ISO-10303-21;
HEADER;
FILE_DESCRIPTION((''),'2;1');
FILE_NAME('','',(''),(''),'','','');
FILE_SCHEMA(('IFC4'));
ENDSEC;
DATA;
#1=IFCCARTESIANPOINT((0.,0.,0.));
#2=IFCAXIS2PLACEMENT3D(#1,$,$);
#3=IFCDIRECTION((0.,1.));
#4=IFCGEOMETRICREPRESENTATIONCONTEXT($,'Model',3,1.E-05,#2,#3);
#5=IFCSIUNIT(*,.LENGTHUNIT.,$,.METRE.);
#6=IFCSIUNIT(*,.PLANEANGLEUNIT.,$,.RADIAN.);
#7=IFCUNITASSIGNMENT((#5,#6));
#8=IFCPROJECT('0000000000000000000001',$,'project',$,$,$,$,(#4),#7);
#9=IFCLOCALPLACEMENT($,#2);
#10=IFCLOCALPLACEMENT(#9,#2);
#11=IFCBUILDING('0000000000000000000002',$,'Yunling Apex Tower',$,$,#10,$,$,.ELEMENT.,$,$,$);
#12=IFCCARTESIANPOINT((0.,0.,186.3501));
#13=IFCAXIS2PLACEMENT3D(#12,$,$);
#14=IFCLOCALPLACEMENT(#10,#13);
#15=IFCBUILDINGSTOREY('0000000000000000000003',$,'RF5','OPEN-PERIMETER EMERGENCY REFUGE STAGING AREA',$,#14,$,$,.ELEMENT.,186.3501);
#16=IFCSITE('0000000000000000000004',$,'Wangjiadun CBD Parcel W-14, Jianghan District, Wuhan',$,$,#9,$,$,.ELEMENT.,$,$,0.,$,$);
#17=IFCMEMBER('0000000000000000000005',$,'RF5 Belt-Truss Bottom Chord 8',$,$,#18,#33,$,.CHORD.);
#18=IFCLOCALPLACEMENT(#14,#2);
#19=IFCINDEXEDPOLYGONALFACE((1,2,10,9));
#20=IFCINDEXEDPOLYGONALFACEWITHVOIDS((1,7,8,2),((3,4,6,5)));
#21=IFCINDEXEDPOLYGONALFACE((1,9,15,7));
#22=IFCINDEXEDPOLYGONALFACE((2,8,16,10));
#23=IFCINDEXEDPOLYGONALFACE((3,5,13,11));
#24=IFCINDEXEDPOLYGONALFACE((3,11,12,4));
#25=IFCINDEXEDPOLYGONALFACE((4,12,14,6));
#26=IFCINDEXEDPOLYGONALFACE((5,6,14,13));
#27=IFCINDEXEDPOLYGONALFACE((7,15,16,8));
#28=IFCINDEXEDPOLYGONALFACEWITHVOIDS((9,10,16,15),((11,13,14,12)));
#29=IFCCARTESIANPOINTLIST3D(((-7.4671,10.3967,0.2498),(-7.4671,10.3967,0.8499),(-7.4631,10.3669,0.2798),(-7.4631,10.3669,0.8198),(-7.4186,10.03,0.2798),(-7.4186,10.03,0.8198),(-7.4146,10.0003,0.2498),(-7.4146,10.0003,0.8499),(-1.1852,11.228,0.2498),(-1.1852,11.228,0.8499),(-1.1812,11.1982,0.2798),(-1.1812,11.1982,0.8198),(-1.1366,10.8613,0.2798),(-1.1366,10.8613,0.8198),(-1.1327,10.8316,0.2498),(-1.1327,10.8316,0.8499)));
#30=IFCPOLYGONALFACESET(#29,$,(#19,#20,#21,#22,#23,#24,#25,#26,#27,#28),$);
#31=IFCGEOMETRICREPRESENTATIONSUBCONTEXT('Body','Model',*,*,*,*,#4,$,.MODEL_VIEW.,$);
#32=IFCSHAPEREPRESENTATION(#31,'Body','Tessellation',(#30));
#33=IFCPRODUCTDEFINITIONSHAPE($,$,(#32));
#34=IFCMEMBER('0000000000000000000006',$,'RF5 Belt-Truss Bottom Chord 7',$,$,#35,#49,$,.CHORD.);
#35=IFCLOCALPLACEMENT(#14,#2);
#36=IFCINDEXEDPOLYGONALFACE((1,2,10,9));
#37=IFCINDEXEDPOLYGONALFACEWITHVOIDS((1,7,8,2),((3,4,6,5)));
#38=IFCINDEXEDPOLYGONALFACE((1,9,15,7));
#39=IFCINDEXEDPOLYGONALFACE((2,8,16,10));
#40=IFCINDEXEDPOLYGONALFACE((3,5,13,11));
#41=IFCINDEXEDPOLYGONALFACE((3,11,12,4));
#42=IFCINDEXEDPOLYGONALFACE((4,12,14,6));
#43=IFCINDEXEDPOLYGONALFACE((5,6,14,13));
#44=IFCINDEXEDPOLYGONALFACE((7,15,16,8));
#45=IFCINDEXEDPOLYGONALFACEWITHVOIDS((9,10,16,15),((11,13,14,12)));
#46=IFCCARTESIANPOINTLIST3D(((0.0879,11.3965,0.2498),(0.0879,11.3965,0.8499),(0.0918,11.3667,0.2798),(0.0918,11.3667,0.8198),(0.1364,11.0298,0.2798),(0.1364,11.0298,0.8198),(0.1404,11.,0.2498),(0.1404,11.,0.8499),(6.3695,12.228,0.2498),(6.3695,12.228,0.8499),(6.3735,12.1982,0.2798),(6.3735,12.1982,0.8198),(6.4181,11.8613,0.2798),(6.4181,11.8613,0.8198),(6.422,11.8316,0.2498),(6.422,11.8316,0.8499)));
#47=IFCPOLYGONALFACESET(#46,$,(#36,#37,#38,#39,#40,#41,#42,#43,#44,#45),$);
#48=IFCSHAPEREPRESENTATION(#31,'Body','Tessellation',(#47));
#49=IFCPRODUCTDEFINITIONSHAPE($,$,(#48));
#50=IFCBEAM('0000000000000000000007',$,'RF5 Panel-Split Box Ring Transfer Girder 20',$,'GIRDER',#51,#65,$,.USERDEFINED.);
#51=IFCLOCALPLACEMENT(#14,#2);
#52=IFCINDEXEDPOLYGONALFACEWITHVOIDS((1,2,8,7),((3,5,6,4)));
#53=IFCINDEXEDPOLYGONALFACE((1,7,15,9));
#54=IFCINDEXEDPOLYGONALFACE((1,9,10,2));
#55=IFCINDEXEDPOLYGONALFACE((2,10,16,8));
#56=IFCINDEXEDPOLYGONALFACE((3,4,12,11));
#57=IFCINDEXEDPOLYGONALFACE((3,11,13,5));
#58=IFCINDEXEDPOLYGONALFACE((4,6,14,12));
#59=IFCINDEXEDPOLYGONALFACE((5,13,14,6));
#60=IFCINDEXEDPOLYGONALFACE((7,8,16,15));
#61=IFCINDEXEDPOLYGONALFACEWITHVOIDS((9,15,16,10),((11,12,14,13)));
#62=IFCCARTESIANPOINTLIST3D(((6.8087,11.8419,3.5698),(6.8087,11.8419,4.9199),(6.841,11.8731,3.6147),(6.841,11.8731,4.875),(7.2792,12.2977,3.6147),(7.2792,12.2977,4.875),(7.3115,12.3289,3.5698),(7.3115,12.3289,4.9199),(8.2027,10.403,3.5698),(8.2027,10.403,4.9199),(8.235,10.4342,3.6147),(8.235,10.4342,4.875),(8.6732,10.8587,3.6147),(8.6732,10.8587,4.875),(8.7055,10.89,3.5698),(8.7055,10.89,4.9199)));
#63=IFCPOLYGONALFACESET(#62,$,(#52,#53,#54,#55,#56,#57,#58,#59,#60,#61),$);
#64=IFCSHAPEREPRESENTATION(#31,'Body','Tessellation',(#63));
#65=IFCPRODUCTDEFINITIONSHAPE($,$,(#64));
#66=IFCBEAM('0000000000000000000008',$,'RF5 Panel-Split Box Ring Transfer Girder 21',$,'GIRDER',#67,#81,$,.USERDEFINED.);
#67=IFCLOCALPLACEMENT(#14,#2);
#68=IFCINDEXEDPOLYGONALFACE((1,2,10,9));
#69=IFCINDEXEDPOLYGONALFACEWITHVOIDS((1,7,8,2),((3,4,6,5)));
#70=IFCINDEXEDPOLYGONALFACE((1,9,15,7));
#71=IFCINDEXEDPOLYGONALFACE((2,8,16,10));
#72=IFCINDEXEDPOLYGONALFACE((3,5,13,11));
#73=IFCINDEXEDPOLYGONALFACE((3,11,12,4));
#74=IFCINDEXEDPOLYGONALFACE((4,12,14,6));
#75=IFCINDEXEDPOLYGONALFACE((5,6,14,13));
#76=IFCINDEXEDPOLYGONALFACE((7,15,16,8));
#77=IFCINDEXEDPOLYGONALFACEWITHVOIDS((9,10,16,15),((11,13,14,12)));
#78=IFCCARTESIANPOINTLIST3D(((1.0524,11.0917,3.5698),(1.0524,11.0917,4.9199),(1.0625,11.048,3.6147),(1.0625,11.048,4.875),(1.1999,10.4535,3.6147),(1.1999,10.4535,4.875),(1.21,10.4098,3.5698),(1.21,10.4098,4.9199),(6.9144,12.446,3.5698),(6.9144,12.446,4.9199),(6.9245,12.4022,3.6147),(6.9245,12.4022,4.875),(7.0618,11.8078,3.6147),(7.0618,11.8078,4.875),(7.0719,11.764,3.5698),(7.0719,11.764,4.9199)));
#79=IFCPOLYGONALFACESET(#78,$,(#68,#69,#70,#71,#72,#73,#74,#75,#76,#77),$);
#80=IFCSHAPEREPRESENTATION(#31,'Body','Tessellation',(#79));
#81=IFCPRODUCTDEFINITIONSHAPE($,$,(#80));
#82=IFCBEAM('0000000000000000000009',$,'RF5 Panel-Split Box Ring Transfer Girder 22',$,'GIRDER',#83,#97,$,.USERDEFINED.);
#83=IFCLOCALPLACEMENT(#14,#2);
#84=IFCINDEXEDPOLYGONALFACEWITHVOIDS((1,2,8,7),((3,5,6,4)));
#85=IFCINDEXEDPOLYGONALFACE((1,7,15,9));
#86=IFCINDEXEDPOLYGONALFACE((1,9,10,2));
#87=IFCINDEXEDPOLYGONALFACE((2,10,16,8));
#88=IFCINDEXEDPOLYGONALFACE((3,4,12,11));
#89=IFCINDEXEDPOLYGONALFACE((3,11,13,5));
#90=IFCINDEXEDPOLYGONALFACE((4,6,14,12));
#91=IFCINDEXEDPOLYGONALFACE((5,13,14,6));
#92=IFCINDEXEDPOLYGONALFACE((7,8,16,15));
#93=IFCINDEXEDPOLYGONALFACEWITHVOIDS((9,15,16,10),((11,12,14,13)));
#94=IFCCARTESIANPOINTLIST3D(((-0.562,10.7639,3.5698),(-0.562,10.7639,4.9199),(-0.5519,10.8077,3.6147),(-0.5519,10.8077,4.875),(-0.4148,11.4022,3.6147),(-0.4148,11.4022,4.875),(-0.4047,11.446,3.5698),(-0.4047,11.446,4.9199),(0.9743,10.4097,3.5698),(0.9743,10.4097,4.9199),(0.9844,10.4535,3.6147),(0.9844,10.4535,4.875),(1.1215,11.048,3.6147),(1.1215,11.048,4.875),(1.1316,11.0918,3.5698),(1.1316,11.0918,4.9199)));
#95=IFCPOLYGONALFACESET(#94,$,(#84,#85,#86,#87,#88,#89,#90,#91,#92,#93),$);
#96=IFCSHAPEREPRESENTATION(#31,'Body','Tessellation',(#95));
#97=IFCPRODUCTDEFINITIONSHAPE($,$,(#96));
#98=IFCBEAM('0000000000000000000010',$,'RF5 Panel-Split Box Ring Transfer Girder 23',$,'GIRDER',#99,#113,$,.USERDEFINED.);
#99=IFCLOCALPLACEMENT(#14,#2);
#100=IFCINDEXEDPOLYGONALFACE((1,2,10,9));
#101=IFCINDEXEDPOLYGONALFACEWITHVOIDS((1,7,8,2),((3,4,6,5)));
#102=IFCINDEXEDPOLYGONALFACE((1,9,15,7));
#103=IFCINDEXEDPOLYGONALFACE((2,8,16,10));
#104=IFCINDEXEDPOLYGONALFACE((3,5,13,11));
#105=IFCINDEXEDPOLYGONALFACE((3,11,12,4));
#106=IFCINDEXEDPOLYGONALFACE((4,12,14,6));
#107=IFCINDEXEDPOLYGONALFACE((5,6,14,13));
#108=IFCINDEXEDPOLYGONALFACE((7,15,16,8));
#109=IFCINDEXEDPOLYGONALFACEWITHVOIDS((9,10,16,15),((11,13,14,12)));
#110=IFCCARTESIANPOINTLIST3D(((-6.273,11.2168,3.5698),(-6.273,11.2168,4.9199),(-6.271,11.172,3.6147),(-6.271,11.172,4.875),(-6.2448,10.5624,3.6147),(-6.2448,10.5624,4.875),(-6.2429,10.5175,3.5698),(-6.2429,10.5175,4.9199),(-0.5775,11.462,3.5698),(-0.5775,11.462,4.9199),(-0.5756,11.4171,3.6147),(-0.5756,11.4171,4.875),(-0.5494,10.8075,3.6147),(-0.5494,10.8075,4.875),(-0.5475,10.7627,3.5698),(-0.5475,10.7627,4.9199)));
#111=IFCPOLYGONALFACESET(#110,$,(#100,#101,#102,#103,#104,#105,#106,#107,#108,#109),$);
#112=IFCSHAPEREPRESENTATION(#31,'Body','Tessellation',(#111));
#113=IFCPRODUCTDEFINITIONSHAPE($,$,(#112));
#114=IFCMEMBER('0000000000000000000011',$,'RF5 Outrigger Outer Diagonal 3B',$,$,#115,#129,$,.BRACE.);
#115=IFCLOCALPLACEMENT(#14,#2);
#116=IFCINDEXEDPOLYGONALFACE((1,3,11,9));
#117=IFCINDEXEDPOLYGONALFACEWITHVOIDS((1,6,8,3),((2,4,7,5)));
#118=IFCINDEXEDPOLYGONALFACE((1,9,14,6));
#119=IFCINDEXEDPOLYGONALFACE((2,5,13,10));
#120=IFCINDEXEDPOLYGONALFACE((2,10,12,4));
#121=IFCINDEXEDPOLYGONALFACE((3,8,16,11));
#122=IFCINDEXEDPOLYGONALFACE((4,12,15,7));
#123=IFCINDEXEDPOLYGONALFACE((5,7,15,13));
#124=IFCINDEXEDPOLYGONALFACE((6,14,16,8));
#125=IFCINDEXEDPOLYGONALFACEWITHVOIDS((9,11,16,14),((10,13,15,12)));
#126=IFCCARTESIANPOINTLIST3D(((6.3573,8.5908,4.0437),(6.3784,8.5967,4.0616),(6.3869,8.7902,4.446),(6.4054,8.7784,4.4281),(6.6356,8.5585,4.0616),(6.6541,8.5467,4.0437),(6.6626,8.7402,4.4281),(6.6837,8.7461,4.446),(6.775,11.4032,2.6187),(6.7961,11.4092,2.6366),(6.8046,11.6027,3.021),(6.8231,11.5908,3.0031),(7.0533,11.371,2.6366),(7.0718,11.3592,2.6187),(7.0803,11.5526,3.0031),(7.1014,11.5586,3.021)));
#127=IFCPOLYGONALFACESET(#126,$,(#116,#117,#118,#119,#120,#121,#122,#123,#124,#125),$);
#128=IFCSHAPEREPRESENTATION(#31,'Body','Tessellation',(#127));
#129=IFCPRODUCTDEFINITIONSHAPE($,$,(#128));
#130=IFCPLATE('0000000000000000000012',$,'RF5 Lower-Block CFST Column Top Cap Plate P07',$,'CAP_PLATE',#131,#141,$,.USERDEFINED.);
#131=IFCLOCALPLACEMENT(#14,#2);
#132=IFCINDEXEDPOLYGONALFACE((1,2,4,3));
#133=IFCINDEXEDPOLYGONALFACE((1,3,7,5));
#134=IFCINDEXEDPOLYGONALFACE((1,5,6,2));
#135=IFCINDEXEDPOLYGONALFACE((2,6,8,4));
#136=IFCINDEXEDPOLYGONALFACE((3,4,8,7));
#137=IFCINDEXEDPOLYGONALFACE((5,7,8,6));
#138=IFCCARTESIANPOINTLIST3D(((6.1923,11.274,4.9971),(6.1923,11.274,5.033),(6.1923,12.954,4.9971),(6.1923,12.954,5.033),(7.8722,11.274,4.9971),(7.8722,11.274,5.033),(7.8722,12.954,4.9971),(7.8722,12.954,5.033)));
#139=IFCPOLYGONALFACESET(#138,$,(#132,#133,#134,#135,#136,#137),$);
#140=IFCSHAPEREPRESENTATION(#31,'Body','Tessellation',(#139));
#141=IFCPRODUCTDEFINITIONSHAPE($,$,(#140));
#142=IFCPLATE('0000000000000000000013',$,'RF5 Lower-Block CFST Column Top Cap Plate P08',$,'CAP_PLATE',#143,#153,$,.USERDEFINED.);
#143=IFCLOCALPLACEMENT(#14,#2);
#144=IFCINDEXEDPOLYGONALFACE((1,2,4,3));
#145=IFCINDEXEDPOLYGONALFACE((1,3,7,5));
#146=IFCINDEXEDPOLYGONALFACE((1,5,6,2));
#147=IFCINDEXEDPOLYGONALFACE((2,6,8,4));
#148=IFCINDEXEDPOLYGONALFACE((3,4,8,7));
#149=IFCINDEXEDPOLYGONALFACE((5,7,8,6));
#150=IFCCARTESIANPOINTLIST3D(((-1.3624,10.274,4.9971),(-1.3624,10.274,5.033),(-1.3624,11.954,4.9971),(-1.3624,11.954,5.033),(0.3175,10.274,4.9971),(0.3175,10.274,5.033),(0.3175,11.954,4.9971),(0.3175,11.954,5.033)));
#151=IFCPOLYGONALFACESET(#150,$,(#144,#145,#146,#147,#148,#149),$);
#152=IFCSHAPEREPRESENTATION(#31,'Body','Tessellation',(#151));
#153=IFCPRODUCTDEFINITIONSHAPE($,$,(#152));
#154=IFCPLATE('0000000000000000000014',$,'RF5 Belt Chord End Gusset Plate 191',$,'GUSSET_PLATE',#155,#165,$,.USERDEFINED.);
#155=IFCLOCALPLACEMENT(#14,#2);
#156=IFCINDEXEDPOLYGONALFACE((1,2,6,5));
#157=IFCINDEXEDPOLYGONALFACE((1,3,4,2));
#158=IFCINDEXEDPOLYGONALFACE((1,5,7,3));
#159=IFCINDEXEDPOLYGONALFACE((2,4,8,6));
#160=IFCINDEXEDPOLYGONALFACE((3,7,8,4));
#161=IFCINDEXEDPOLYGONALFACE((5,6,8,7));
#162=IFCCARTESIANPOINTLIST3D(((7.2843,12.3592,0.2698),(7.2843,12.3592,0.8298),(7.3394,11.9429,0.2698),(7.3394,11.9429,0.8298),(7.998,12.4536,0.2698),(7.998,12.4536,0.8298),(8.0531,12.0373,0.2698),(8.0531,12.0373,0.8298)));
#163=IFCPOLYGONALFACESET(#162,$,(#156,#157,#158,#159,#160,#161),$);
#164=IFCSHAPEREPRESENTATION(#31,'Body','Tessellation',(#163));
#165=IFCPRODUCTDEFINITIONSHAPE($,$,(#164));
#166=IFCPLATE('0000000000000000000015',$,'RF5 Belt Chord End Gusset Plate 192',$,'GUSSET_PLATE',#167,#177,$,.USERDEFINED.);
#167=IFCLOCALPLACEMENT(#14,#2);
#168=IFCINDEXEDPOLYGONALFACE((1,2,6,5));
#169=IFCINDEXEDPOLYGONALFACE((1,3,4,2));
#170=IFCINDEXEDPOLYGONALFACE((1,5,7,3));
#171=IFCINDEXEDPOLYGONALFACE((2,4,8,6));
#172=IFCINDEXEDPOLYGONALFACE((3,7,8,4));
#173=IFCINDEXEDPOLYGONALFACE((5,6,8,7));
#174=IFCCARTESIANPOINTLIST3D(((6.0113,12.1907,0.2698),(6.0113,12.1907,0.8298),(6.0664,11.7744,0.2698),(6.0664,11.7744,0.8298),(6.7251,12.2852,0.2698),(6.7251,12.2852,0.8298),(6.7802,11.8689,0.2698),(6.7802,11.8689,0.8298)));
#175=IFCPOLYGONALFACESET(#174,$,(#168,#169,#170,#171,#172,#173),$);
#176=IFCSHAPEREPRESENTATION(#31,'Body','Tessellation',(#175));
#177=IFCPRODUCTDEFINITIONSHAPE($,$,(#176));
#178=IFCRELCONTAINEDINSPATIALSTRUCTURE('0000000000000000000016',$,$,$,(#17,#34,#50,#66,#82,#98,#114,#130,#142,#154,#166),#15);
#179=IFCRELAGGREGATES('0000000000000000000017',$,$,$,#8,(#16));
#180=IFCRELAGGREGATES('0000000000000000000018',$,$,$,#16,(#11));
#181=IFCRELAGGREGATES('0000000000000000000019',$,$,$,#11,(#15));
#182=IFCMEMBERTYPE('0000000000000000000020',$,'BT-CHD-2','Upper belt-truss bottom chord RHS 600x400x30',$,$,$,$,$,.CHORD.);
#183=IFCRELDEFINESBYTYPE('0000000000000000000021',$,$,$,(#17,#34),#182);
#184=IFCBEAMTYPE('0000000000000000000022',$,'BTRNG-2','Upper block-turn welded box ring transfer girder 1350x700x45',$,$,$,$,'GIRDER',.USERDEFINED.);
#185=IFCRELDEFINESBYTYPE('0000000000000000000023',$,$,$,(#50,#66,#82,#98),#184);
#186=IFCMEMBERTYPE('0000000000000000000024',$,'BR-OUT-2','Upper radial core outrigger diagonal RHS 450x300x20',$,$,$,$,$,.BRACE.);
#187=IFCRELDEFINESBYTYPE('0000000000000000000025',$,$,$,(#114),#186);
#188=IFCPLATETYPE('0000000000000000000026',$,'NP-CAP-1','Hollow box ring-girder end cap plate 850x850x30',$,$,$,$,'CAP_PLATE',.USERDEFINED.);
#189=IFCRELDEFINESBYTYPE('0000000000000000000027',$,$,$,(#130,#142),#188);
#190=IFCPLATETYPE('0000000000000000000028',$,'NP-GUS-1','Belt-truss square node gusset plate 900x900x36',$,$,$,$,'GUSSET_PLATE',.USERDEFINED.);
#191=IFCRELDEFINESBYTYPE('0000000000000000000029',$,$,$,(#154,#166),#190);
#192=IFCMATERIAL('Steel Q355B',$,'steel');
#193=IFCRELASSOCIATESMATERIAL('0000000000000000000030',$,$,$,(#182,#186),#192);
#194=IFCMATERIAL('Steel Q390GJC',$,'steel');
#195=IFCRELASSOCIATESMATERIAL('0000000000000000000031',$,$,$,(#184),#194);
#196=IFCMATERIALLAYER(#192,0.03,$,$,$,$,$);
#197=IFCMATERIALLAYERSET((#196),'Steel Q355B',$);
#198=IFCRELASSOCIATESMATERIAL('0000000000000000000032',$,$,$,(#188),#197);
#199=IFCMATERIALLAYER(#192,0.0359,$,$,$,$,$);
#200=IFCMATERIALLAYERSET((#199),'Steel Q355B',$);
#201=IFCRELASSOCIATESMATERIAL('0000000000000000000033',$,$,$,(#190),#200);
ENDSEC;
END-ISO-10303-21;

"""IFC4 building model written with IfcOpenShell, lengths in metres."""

from ifc_helpers import new_model, si_unit, direction, frame, origin, origin_2d, place, context, subcontext, project, spatial, rectangle, hollow_rectangle, extrude, source, transform, mapped, material, layer, layer_set, material_profile, profile_set, type_object, element, save


model = new_model("IFC4")

# Units and contexts
model_context = context("Model", 3, precision=1e-05, world=origin(), true_north=direction((0.0, 1.0)))
body_context = subcontext(model_context, "Body", "Model", "MODEL_VIEW")
ifc_project = project(units=[si_unit("LENGTHUNIT", "METRE"), si_unit("PLANEANGLEUNIT", "RADIAN")], contexts=[model_context])

# Site, building, storey
site_placement = place(None, origin())
site = spatial("IfcSite", under=ifc_project, at=site_placement, Name="Wangjiadun CBD Parcel W-14, Jianghan District, Wuhan", CompositionType="ELEMENT", RefElevation=0.0)
building_placement = place(site_placement, origin())
building = spatial("IfcBuilding", under=site, at=building_placement, Name="Yunling Apex Tower", CompositionType="ELEMENT")
storey_placement = place(building_placement, frame((0.0, 0.0, 186.3501)))
storey = spatial("IfcBuildingStorey", under=building, at=storey_placement, Name="RF5", Description="OPEN-PERIMETER EMERGENCY REFUGE STAGING AREA", CompositionType="ELEMENT", Elevation=186.3501)

# Shared definitions
ifc_material_1 = material(Name="Steel Q390GJC", Category="steel")

# Members
ifc_material_2 = material(Name="Steel Q355B", Category="steel")
ifc_material_profile_1 = material_profile(ifc_material_2, hollow_rectangle(XDim=0.3999, YDim=0.6001, WallThickness=0.03, at=origin_2d()))
ifc_profile_set_1 = profile_set([ifc_material_profile_1], Name="Steel Q355B")
member_type_1 = type_object("IfcMemberType", Name="BT-CHD-2", Description="Upper belt-truss bottom chord RHS 600x400x30", PredefinedType="CHORD", material=ifc_profile_set_1)
shared_shape_1 = source(origin(), body_context, "Body", "SweptSolid", [
    extrude(hollow_rectangle(XDim=0.3999, YDim=0.6001, WallThickness=0.03, at=origin_2d()), origin(), (0.0, 0.0, 1.0), 6.3367),
])
member_1_placement = place(storey_placement, frame((-1.1589, 11.0298, 0.5498), z_axis=(-0.991358, -0.131187, 0.0), x_axis=(0.131187, -0.991358, 0.0)))
element("IfcMember", 1, at=member_1_placement, inside=storey, type_object=member_type_1, Name="RF5 Belt-Truss Bottom Chord 8", PredefinedType="CHORD", context=body_context, shape_type="MappedRepresentation", body=[
    mapped(shared_shape_1, transform((0.0, 0.0, 0.0), scale=1.0)),
])
shared_shape_2 = source(origin(), body_context, "Body", "SweptSolid", [
    extrude(hollow_rectangle(XDim=0.3999, YDim=0.6001, WallThickness=0.03, at=origin_2d()), origin(), (0.0, 0.0, 1.0), 6.3364),
])
member_2_placement = place(storey_placement, frame((6.3958, 12.0298, 0.5498), z_axis=(-0.991352, -0.13123, 0.0), x_axis=(0.13123, -0.991352, 0.0)))
element("IfcMember", 2, at=member_2_placement, inside=storey, type_object=member_type_1, Name="RF5 Belt-Truss Bottom Chord 7", PredefinedType="CHORD", context=body_context, shape_type="MappedRepresentation", body=[
    mapped(shared_shape_2, transform((0.0, 0.0, 0.0), scale=1.0)),
])

# Beams
ifc_material_profile_2 = material_profile(ifc_material_1, hollow_rectangle(XDim=0.7, YDim=1.3501, WallThickness=0.0449, at=origin_2d()))
ifc_profile_set_2 = profile_set([ifc_material_profile_2], Name="Steel Q390GJC")
beam_type = type_object("IfcBeamType", Name="BTRNG-2", Description="Upper block-turn welded box ring transfer girder 1350x700x45", ElementType="GIRDER", PredefinedType="USERDEFINED", material=ifc_profile_set_2)
shared_shape_3 = source(origin(), body_context, "Body", "SweptSolid", [
    extrude(hollow_rectangle(XDim=0.7, YDim=1.3501, WallThickness=0.0449, at=origin_2d()), origin(), (0.0, 0.0, 1.0), 2.0034),
])
beam_1_placement = place(storey_placement, frame((8.4541, 10.6465, 4.2449), z_axis=(-0.695807, 0.718229, 0.0), x_axis=(-0.718229, -0.695807, 0.0)))
element("IfcBeam", 3, at=beam_1_placement, inside=storey, type_object=beam_type, Name="RF5 Panel-Split Box Ring Transfer Girder 20", ObjectType="GIRDER", PredefinedType="USERDEFINED", context=body_context, shape_type="MappedRepresentation", body=[
    mapped(shared_shape_3, transform((0.0, 0.0, 0.0), scale=1.0)),
])
shared_shape_4 = source(origin(), body_context, "Body", "SweptSolid", [
    extrude(hollow_rectangle(XDim=0.7, YDim=1.3501, WallThickness=0.0449, at=origin_2d()), origin(), (0.0, 0.0, 1.0), 6.0164),
])
beam_2_placement = place(storey_placement, frame((6.9932, 12.105, 4.2449), z_axis=(-0.974338, -0.225091, 0.0), x_axis=(0.225091, -0.974338, 0.0)))
element("IfcBeam", 4, at=beam_2_placement, inside=storey, type_object=beam_type, Name="RF5 Panel-Split Box Ring Transfer Girder 21", ObjectType="GIRDER", PredefinedType="USERDEFINED", context=body_context, shape_type="MappedRepresentation", body=[
    mapped(shared_shape_4, transform((0.0, 0.0, 0.0), scale=1.0)),
])
shared_shape_5 = source(origin(), body_context, "Body", "SweptSolid", [
    extrude(hollow_rectangle(XDim=0.7, YDim=1.3501, WallThickness=0.0449, at=origin_2d()), origin(), (0.0, 0.0, 1.0), 1.5767),
])
beam_3_placement = place(storey_placement, frame((1.053, 10.7507, 4.2449), z_axis=(-0.974433, 0.224679, 0.0), x_axis=(-0.224679, -0.974433, 0.0)))
element("IfcBeam", 5, at=beam_3_placement, inside=storey, type_object=beam_type, Name="RF5 Panel-Split Box Ring Transfer Girder 22", ObjectType="GIRDER", PredefinedType="USERDEFINED", context=body_context, shape_type="MappedRepresentation", body=[
    mapped(shared_shape_5, transform((0.0, 0.0, 0.0), scale=1.0)),
])
shared_shape_6 = source(origin(), body_context, "Body", "SweptSolid", [
    extrude(hollow_rectangle(XDim=0.7, YDim=1.3501, WallThickness=0.0449, at=origin_2d()), origin(), (0.0, 0.0, 1.0), 5.7007),
])
beam_4_placement = place(storey_placement, frame((-0.5625, 11.1123, 4.2449), z_axis=(-0.999075, -0.042999, 0.0), x_axis=(0.042999, -0.999075, 0.0)))
element("IfcBeam", 6, at=beam_4_placement, inside=storey, type_object=beam_type, Name="RF5 Panel-Split Box Ring Transfer Girder 23", ObjectType="GIRDER", PredefinedType="USERDEFINED", context=body_context, shape_type="MappedRepresentation", body=[
    mapped(shared_shape_6, transform((0.0, 0.0, 0.0), scale=1.0)),
])

# Member
ifc_material_profile_3 = material_profile(ifc_material_2, hollow_rectangle(XDim=0.3, YDim=0.45, WallThickness=0.02, at=origin_2d()))
ifc_profile_set_3 = profile_set([ifc_material_profile_3], Name="Steel Q355B")
member_type_2 = type_object("IfcMemberType", Name="BR-OUT-2", Description="Upper radial core outrigger diagonal RHS 450x300x20", PredefinedType="BRACE", material=ifc_profile_set_3)
shared_shape_7 = source(origin(), body_context, "Body", "SweptSolid", [
    extrude(hollow_rectangle(XDim=0.3, YDim=0.45, WallThickness=0.02, at=origin_2d()), origin(), (0.0, 0.0, 1.0), 3.1804),
])
member_3_placement = place(storey_placement, frame((6.5205, 8.6685, 4.2449), z_axis=(0.13134, 0.884302, -0.448062), x_axis=(-0.989149, 0.146913, 0.0)))
element("IfcMember", 7, at=member_3_placement, inside=storey, type_object=member_type_2, Name="RF5 Outrigger Outer Diagonal 3B", PredefinedType="BRACE", context=body_context, shape_type="MappedRepresentation", body=[
    mapped(shared_shape_7, transform((0.0, 0.0, 0.0), scale=1.0)),
])

# Plates
ifc_layer_1 = layer(ifc_material_2, 0.03)
ifc_layer_set_1 = layer_set([ifc_layer_1], Name="Steel Q355B")
plate_type_1 = type_object("IfcPlateType", Name="NP-CAP-1", Description="Hollow box ring-girder end cap plate 850x850x30", ElementType="CAP_PLATE", PredefinedType="USERDEFINED", material=ifc_layer_set_1)
shared_shape_8 = source(origin(), body_context, "Body", "SweptSolid", [
    extrude(rectangle(XDim=1.6799, YDim=1.6799, at=origin_2d()), origin(), (0.0, 0.0, 1.0), 0.0359),
])
for number, where, z_axis, x_axis, name in (
    (8, (7.0322, 12.114, 4.9971), (0.0, 0.0, 1.0), (1.0, 0.0, 0.0), "RF5 Lower-Block CFST Column Top Cap Plate P07"),
    (9, (-0.5225, 11.114, 4.9971), (0.0, 0.0, 1.0), (1.0, 0.0, 0.0), "RF5 Lower-Block CFST Column Top Cap Plate P08"),
):
    element("IfcPlate", number, at=place(storey_placement, frame(where, z_axis=z_axis, x_axis=x_axis)), inside=storey, type_object=plate_type_1, Name=name, ObjectType="CAP_PLATE", PredefinedType="USERDEFINED", context=body_context, shape_type="MappedRepresentation", body=[
        mapped(shared_shape_8, transform((0.0, 0.0, 0.0), scale=1.0)),
    ])
ifc_layer_2 = layer(ifc_material_2, 0.0359)
ifc_layer_set_2 = layer_set([ifc_layer_2], Name="Steel Q355B")
plate_type_2 = type_object("IfcPlateType", Name="NP-GUS-1", Description="Belt-truss square node gusset plate 900x900x36", ElementType="GUSSET_PLATE", PredefinedType="USERDEFINED", material=ifc_layer_set_2)
shared_shape_9 = source(origin(), body_context, "Body", "SweptSolid", [
    extrude(rectangle(XDim=0.72, YDim=0.4199, at=origin_2d()), origin(), (0.0, 0.0, 1.0), 0.5601),
])
for number, where, z_axis, x_axis, name in (
    (10, (7.6687, 12.1982, 0.2698), (0.0, 0.0, 1.0), (-0.991353, -0.131218, 0.0), "RF5 Belt Chord End Gusset Plate 191"),
    (11, (6.3958, 12.0298, 0.2698), (0.0, 0.0, 1.0), (-0.991353, -0.131218, 0.0), "RF5 Belt Chord End Gusset Plate 192"),
):
    element("IfcPlate", number, at=place(storey_placement, frame(where, z_axis=z_axis, x_axis=x_axis)), inside=storey, type_object=plate_type_2, Name=name, ObjectType="GUSSET_PLATE", PredefinedType="USERDEFINED", context=body_context, shape_type="MappedRepresentation", body=[
        mapped(shared_shape_9, transform((0.0, 0.0, 0.0), scale=1.0)),
    ])

save(model, "model.ifc")
